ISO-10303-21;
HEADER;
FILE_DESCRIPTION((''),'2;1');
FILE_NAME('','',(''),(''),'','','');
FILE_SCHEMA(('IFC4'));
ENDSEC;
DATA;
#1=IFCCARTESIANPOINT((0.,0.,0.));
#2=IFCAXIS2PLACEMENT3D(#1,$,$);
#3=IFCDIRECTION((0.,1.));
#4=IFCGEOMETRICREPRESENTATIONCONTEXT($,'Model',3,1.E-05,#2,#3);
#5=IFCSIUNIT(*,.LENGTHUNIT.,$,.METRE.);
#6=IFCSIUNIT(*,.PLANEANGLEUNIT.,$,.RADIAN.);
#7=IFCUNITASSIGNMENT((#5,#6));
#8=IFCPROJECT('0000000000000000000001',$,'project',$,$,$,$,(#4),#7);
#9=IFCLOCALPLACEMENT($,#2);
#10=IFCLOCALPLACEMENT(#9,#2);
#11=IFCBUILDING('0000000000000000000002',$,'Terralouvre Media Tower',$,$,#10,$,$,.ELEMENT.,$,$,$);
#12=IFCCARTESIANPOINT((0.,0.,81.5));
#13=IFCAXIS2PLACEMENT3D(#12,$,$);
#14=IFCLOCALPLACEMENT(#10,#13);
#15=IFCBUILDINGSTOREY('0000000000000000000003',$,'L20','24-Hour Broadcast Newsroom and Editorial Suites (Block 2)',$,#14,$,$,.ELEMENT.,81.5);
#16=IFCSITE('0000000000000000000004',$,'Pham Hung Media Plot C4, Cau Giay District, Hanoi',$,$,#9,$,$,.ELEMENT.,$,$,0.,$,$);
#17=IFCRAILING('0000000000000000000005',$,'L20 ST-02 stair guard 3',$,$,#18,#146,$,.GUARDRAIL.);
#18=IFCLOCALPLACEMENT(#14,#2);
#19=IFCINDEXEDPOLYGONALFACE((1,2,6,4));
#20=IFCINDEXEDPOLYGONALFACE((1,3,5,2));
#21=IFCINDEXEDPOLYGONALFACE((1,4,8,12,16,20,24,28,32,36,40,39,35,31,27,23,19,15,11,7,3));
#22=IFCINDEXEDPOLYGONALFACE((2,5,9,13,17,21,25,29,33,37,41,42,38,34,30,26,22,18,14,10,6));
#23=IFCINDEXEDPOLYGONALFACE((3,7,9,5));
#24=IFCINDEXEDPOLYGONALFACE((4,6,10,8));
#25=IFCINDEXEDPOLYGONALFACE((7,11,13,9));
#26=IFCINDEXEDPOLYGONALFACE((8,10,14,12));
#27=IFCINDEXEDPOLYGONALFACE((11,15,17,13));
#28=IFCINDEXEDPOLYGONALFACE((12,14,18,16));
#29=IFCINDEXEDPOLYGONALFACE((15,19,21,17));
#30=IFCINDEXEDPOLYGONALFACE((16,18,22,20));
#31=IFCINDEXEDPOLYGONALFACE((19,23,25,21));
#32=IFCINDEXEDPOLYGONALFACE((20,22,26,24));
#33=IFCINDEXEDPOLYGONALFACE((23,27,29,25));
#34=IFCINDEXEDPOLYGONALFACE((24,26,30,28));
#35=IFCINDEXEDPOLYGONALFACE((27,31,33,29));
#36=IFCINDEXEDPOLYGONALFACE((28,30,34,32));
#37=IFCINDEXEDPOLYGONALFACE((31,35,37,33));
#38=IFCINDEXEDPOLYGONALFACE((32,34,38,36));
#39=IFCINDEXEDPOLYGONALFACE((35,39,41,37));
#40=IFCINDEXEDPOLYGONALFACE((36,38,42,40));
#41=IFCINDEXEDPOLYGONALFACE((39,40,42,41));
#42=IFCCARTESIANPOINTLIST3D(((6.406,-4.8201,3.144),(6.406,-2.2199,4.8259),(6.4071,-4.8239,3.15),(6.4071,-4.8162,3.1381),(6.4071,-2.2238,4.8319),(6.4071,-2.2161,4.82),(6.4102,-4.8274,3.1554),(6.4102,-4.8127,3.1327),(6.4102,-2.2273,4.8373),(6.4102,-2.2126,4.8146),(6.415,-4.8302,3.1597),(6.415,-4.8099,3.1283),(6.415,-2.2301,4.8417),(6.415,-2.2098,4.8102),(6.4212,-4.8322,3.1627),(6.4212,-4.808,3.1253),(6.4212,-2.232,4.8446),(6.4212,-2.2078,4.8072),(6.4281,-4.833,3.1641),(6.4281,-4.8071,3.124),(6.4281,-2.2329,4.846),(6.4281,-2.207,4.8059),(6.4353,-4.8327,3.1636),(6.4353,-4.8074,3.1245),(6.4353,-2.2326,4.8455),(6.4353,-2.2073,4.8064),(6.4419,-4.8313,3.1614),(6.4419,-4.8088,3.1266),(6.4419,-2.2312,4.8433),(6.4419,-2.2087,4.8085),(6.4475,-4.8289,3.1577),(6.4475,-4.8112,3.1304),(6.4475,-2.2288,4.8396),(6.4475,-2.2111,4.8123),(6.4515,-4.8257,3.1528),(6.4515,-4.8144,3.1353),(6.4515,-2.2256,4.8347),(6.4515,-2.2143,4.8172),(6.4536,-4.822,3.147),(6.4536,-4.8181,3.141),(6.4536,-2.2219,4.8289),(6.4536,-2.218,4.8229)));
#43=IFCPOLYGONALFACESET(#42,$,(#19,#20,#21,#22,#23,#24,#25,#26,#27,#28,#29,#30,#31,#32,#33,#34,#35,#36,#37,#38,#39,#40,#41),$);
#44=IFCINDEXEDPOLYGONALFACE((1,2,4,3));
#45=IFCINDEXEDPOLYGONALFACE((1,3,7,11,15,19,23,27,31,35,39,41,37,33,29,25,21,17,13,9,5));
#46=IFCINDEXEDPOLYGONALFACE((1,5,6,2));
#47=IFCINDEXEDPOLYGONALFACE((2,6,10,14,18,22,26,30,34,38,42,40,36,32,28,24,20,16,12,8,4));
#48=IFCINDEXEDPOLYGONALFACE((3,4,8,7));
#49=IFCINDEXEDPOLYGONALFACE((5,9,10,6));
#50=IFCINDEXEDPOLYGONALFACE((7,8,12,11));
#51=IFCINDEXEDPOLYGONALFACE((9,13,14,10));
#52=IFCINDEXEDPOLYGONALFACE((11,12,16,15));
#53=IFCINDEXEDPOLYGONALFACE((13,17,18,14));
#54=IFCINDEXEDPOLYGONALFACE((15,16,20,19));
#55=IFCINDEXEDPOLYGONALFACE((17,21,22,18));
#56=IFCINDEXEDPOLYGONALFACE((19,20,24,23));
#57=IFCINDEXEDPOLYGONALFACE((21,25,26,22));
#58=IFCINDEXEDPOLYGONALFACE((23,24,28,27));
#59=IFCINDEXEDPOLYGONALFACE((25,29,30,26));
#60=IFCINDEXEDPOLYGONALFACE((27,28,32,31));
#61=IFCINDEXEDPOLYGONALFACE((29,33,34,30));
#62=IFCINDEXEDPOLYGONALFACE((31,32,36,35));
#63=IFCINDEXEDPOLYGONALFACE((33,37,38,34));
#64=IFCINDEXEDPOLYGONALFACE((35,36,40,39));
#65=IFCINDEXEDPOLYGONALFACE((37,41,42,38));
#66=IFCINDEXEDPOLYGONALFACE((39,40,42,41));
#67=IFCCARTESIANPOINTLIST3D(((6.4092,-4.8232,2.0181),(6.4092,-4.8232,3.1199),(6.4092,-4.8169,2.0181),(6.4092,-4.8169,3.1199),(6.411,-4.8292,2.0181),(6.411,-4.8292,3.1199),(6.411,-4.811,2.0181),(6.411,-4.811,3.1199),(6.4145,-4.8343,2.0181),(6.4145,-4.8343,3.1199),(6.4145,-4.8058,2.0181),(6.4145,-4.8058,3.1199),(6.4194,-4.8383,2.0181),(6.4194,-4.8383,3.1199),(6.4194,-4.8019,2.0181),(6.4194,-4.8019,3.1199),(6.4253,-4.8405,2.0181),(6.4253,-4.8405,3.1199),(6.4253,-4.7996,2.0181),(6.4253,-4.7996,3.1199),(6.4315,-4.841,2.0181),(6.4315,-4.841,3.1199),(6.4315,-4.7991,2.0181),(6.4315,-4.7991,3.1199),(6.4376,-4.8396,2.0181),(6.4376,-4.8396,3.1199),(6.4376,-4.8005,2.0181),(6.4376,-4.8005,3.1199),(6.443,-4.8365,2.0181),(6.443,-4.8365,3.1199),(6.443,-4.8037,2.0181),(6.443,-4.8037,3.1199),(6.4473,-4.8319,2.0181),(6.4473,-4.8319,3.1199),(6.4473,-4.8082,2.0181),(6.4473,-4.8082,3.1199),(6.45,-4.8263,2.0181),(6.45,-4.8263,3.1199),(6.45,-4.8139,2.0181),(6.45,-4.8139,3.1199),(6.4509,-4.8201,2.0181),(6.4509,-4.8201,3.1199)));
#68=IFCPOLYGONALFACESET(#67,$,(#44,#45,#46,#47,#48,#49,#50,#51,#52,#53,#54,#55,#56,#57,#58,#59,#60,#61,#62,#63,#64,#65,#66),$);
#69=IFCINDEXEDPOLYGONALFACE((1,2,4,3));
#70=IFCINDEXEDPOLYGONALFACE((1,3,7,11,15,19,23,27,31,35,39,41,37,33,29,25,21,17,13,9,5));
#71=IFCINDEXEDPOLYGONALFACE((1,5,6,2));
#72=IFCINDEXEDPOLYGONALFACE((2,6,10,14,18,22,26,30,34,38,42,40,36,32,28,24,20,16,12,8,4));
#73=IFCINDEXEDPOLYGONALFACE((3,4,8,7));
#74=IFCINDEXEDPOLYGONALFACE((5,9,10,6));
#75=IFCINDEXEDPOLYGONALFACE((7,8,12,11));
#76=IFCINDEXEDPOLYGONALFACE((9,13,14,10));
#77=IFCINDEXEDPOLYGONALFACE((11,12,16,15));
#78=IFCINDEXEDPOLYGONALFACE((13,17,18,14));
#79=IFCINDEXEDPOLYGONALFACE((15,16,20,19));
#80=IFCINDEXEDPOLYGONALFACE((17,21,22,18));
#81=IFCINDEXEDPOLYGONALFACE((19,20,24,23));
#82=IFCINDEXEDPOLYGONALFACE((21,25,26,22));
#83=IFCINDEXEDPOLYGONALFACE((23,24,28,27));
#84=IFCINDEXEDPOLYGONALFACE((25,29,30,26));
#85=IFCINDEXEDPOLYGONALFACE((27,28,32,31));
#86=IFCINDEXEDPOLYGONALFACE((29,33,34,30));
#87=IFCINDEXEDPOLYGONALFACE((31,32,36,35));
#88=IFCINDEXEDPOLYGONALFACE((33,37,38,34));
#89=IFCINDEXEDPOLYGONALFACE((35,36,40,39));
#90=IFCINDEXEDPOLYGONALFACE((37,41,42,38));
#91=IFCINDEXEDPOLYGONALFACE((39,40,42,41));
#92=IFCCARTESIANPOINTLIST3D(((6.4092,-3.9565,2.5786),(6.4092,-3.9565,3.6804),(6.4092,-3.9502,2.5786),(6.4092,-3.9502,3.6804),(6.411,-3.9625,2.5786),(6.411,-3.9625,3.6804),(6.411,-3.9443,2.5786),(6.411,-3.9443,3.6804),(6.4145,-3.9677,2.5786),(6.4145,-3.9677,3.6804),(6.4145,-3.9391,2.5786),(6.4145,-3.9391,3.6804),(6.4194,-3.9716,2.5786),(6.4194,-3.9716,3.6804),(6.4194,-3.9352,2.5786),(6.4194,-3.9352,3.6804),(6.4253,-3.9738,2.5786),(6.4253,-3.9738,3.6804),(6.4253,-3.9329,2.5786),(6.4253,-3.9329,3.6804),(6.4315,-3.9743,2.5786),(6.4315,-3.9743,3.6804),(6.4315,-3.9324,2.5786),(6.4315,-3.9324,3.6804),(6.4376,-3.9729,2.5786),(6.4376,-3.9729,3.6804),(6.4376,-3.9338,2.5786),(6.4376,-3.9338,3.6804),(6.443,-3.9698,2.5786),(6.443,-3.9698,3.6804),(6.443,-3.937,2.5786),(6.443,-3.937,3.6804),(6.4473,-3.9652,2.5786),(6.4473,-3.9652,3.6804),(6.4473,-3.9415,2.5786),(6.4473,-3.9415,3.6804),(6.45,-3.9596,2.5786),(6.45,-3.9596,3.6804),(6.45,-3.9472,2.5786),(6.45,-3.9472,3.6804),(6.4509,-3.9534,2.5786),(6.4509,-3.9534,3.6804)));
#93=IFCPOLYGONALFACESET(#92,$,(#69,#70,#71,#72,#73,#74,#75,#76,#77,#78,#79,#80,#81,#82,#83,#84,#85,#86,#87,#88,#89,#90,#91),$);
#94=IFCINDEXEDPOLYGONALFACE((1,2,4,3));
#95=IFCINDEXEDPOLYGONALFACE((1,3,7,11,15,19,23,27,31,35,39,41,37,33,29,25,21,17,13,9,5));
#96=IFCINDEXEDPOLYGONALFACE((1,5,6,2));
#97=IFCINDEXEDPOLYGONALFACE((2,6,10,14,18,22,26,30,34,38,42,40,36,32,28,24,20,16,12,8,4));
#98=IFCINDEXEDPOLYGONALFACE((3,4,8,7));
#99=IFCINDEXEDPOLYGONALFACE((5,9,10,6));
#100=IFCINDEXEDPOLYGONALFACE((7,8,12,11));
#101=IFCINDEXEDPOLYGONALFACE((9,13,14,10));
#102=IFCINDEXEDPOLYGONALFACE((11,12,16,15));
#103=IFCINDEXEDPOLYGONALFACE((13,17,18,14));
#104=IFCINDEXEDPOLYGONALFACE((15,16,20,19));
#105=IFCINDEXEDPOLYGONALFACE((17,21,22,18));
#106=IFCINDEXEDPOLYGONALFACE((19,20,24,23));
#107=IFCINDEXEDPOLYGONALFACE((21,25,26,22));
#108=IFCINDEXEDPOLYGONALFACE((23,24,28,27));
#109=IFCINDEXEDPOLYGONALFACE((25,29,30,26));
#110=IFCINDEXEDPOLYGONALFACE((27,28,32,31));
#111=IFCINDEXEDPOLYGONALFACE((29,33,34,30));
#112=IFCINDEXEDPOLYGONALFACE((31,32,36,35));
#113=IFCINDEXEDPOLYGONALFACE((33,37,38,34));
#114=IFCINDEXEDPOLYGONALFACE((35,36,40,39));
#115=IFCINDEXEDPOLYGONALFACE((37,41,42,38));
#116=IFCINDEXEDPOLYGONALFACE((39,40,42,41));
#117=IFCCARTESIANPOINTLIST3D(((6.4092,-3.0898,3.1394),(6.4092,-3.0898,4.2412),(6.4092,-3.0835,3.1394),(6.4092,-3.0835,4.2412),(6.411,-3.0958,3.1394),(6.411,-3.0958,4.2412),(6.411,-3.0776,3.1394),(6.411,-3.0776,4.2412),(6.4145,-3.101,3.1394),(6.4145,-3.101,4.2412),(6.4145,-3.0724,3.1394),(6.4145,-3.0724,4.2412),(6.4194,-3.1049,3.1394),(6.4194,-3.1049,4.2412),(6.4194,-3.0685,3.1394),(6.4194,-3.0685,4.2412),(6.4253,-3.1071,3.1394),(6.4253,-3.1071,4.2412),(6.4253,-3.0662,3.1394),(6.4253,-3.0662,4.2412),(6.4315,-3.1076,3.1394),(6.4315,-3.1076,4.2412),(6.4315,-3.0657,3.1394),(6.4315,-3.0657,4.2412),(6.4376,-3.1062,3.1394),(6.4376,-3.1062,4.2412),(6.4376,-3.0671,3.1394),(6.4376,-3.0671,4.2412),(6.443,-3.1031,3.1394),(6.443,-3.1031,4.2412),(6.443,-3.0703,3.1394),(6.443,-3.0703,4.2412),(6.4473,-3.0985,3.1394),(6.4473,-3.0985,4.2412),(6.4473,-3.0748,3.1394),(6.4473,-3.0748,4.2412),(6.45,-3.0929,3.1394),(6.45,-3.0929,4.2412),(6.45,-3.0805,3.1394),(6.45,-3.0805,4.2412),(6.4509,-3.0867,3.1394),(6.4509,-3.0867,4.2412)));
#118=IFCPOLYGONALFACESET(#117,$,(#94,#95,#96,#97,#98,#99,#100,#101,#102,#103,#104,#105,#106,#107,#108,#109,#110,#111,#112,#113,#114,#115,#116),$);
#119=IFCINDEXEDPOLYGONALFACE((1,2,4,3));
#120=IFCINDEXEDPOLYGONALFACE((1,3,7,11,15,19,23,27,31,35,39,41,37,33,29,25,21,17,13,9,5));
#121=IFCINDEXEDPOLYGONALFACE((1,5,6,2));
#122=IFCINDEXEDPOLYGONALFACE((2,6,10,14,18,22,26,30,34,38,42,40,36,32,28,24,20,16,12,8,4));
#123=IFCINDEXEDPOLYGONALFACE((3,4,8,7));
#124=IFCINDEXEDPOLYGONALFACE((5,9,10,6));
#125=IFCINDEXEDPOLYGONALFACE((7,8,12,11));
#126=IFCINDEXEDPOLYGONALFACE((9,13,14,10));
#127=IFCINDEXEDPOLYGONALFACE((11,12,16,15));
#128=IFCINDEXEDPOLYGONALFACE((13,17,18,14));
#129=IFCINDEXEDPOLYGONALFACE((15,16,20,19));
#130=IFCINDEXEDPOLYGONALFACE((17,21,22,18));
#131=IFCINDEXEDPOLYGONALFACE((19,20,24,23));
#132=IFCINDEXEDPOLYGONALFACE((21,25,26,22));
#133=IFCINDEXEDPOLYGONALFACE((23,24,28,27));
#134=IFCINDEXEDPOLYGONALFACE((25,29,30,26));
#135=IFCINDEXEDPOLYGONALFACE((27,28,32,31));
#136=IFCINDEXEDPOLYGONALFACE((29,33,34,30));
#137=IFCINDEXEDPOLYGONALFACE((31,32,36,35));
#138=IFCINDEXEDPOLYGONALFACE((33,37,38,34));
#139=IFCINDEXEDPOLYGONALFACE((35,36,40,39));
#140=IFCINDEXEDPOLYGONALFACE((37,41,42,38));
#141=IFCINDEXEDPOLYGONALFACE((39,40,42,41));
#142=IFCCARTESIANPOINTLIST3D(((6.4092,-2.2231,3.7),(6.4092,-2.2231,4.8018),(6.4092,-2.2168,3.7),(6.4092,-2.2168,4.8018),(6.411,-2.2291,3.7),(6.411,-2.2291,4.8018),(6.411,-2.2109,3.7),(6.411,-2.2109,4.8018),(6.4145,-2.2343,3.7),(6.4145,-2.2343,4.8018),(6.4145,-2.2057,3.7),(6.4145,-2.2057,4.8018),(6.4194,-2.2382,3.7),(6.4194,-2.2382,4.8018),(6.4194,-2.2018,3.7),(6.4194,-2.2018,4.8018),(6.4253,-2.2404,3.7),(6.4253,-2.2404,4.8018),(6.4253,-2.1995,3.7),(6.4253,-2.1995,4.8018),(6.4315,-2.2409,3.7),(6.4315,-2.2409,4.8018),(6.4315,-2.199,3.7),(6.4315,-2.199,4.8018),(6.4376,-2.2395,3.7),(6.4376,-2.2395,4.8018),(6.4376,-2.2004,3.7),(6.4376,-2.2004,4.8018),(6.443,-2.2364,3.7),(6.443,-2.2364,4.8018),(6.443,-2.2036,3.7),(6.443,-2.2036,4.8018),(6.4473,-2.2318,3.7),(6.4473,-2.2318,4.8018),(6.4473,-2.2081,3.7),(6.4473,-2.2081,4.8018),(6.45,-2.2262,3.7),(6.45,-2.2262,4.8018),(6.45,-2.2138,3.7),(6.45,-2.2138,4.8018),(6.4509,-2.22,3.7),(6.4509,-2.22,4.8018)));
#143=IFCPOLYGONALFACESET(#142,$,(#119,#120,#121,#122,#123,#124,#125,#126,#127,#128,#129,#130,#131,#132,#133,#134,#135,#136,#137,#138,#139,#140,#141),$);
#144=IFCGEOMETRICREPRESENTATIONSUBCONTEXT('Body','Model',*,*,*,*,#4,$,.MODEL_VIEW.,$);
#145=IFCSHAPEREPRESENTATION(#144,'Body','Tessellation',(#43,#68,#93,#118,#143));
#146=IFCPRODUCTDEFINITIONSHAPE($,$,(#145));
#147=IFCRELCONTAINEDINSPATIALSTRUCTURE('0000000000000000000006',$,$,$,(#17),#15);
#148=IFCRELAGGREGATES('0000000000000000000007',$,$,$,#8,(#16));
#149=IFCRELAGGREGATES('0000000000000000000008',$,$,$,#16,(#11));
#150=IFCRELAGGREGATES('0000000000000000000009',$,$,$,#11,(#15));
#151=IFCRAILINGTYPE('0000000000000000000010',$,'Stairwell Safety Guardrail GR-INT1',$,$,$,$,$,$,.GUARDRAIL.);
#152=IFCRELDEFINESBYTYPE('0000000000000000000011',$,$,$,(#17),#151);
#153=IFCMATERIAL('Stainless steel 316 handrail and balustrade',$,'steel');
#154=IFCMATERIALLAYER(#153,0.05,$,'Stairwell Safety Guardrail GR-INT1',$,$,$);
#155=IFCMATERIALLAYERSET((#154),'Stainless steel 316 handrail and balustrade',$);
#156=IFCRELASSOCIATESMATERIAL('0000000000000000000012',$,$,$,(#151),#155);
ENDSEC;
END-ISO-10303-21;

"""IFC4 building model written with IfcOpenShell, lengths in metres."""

from ifc_helpers import new_model, si_unit, direction, frame, origin, origin_2d, place, context, subcontext, project, spatial, circle, extrude, material, layer, layer_set, type_object, element, save


model = new_model("IFC4")

# Units and contexts
model_context = context("Model", 3, precision=1e-05, world=origin(), true_north=direction((0.0, 1.0)))
body_context = subcontext(model_context, "Body", "Model", "MODEL_VIEW")
ifc_project = project(units=[si_unit("LENGTHUNIT", "METRE"), si_unit("PLANEANGLEUNIT", "RADIAN")], contexts=[model_context])

# Site, building, storey
site_placement = place(None, origin())
site = spatial("IfcSite", under=ifc_project, at=site_placement, Name="Pham Hung Media Plot C4, Cau Giay District, Hanoi", CompositionType="ELEMENT", RefElevation=0.0)
building_placement = place(site_placement, origin())
building = spatial("IfcBuilding", under=site, at=building_placement, Name="Terralouvre Media Tower", CompositionType="ELEMENT")
storey_placement = place(building_placement, frame((0.0, 0.0, 81.5)))
storey = spatial("IfcBuildingStorey", under=building, at=storey_placement, Name="L20", Description="24-Hour Broadcast Newsroom and Editorial Suites (Block 2)", CompositionType="ELEMENT", Elevation=81.5)

# Railing
ifc_material_1 = material(Name="Stainless steel 316 handrail and balustrade", Category="steel")
ifc_layer_1 = layer(ifc_material_1, 0.05, Name="Stairwell Safety Guardrail GR-INT1")
ifc_layer_set_1 = layer_set([ifc_layer_1], Name="Stainless steel 316 handrail and balustrade")
railing_type_1 = type_object("IfcRailingType", Name="Stairwell Safety Guardrail GR-INT1", PredefinedType="GUARDRAIL", material=ifc_layer_set_1)
railing_1_placement = place(storey_placement, frame((6.4299, -4.8201, 2.0181)))
element("IfcRailing", 1, at=railing_1_placement, inside=storey, type_object=railing_type_1, Name="L20 ST-02 stair guard 3", PredefinedType="GUARDRAIL", context=body_context, shape_type="SweptSolid", body=[
    extrude(circle(Radius=0.0239, at=origin_2d()), frame((0.0, 0.0, 1.126), z_axis=(0.0, 0.839648, 0.54313), x_axis=(-1.0, 0.0, 0.0)), (0.0, 0.0, 1.0), 3.0967),
    extrude(circle(Radius=0.021, at=origin_2d()), origin(), (0.0, 0.0, 1.0), 1.1018),
    extrude(circle(Radius=0.021, at=origin_2d()), frame((0.0, 0.8667, 0.5605)), (0.0, 0.0, 1.0), 1.1018),
    extrude(circle(Radius=0.021, at=origin_2d()), frame((0.0, 1.7334, 1.1213)), (0.0, 0.0, 1.0), 1.1018),
    extrude(circle(Radius=0.021, at=origin_2d()), frame((0.0, 2.6001, 1.6819)), (0.0, 0.0, 1.0), 1.1018),
])

save(model, "model.ifc")
